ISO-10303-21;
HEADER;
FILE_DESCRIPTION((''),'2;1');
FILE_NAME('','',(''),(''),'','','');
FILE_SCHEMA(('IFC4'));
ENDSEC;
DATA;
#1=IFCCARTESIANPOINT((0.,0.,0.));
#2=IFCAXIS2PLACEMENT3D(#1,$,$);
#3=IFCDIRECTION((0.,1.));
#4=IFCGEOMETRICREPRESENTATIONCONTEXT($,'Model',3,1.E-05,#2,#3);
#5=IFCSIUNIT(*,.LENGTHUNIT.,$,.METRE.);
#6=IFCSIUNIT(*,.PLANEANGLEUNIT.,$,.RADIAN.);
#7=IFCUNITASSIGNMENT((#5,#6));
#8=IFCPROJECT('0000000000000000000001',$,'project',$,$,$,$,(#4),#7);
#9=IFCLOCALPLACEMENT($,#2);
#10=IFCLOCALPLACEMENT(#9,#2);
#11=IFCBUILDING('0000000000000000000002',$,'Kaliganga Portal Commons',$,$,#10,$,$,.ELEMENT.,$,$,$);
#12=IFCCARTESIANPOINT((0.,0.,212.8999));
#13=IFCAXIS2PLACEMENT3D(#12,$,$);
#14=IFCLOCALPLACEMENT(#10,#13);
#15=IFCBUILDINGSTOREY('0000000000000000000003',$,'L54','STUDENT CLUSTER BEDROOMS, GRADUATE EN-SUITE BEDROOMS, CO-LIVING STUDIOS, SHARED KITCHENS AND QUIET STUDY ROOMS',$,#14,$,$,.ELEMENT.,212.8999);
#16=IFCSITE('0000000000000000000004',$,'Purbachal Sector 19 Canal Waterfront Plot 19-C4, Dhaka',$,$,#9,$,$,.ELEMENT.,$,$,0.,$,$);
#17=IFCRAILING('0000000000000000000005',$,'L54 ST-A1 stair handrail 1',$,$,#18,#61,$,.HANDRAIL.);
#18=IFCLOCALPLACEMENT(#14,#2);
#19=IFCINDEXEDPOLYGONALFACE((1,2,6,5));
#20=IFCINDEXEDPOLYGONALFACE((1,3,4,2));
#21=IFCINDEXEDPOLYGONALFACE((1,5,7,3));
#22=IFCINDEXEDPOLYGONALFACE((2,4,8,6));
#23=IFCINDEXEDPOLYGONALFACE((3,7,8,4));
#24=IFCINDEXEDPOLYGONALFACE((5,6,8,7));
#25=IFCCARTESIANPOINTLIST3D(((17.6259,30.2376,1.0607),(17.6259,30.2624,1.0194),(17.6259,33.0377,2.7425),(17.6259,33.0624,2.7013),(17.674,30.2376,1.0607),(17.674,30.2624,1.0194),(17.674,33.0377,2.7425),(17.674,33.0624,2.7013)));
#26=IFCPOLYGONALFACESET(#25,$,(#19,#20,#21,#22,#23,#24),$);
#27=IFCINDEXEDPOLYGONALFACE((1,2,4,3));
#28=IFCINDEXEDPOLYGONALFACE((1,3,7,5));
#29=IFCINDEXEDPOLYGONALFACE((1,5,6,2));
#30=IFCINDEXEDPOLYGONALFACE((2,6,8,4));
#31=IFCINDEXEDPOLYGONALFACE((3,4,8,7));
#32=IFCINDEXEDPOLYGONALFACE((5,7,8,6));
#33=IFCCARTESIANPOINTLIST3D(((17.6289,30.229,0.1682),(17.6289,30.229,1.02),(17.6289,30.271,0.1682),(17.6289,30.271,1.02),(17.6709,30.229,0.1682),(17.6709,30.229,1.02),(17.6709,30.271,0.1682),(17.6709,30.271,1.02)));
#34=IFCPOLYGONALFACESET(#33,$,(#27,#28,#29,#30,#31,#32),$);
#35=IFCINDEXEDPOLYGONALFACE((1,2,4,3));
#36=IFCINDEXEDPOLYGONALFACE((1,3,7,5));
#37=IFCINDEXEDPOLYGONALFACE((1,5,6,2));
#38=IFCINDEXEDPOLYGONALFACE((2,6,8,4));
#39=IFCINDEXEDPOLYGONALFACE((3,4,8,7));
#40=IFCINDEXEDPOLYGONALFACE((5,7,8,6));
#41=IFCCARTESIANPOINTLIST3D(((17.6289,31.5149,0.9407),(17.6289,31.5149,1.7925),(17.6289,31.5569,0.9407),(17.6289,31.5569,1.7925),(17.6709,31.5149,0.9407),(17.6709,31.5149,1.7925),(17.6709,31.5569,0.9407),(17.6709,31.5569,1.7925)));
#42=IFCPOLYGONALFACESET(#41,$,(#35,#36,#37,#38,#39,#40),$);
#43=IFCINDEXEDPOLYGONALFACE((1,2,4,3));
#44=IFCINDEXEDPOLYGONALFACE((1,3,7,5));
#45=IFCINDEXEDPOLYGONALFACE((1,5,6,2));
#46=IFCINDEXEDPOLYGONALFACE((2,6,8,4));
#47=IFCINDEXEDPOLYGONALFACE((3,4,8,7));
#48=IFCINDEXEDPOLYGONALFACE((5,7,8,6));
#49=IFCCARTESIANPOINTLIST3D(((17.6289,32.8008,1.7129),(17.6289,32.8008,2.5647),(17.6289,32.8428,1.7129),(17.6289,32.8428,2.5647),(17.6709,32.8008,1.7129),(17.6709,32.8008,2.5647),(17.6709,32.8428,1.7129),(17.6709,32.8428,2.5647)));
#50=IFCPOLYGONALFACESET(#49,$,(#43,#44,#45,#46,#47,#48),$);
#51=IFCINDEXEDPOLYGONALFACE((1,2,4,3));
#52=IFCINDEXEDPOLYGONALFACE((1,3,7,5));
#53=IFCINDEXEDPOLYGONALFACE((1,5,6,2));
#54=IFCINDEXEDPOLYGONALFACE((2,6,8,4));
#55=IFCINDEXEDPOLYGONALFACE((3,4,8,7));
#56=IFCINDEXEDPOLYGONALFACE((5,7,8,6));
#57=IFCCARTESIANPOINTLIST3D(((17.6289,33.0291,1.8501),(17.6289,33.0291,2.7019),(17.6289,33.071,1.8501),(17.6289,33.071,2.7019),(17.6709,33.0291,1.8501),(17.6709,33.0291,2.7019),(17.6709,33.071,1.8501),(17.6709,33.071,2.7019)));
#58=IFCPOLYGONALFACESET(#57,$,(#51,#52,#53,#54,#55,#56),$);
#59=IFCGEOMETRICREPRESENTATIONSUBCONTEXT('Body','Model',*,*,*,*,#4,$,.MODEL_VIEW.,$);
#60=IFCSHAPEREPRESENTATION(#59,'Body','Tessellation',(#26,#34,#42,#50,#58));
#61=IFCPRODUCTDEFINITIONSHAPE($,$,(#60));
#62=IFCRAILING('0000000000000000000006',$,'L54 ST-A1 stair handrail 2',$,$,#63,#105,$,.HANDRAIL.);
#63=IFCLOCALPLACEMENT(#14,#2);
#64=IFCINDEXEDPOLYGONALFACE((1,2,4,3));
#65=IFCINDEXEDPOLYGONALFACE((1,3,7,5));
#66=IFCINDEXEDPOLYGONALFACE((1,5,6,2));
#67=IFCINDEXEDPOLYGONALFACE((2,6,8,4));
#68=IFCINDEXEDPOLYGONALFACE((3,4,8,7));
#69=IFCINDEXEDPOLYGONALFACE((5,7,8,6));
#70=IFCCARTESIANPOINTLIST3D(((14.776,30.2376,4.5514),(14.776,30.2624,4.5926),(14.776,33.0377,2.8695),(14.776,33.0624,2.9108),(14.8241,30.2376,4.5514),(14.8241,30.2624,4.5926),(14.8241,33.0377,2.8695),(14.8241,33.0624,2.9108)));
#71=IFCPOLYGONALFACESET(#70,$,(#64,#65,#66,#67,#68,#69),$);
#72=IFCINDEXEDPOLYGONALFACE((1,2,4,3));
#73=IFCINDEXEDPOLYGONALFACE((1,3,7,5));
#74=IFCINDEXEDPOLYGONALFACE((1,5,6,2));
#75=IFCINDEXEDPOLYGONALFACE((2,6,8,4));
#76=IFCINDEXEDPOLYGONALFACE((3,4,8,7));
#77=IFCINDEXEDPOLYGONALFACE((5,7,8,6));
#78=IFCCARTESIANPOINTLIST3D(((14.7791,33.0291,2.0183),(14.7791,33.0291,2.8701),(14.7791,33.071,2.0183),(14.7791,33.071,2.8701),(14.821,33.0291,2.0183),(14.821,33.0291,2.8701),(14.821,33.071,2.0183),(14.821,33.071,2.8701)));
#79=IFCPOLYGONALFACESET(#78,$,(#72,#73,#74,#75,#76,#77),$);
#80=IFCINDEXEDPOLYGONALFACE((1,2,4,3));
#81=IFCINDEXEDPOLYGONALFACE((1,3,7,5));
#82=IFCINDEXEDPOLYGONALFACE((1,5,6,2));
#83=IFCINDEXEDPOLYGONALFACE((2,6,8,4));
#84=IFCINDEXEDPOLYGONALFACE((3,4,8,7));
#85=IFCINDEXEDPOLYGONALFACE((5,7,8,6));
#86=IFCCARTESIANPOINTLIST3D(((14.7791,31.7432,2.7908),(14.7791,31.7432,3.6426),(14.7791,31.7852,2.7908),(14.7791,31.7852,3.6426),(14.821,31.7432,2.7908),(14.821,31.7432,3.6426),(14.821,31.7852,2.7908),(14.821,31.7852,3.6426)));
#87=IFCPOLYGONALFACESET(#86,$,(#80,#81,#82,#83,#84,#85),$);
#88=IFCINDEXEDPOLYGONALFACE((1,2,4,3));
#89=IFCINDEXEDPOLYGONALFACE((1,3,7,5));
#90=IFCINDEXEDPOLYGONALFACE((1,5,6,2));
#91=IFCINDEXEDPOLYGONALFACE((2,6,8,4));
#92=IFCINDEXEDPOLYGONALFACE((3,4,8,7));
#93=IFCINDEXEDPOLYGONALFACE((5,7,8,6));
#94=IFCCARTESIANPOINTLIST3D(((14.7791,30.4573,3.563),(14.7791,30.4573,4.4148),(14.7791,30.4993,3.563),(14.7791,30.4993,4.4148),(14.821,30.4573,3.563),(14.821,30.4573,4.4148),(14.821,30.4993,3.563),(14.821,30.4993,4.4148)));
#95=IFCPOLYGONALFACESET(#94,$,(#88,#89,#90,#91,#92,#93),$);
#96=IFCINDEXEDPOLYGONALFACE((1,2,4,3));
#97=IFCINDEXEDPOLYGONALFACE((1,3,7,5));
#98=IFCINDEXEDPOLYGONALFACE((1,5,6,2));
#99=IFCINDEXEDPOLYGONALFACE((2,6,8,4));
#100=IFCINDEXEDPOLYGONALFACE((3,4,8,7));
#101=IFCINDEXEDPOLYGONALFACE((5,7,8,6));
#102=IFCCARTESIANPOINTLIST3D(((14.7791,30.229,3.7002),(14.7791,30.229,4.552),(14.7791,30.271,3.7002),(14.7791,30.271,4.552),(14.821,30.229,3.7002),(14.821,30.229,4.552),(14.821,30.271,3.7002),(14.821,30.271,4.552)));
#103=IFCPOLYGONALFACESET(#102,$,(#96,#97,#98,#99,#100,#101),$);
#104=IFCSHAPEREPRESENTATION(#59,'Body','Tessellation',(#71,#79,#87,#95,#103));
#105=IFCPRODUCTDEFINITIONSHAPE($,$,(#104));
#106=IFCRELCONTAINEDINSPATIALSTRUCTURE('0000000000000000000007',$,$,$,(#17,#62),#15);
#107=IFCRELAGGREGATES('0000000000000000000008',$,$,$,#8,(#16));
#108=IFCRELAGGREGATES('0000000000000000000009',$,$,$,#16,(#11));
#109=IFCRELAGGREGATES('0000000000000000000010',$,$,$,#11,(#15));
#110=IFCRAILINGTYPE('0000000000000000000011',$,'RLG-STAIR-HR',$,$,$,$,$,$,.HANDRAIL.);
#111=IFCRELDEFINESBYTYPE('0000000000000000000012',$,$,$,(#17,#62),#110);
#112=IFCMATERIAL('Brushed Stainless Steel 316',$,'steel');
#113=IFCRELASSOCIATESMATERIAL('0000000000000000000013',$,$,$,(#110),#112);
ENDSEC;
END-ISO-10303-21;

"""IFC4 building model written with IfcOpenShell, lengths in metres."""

from ifc_helpers import new_model, si_unit, direction, frame, origin, origin_2d, place, context, subcontext, project, spatial, rectangle, extrude, material, type_object, element, save


model = new_model("IFC4")

# Units and contexts
model_context = context("Model", 3, precision=1e-05, world=origin(), true_north=direction((0.0, 1.0)))
body_context = subcontext(model_context, "Body", "Model", "MODEL_VIEW")
ifc_project = project(units=[si_unit("LENGTHUNIT", "METRE"), si_unit("PLANEANGLEUNIT", "RADIAN")], contexts=[model_context])

# Site, building, storey
site_placement = place(None, origin())
site = spatial("IfcSite", under=ifc_project, at=site_placement, Name="Purbachal Sector 19 Canal Waterfront Plot 19-C4, Dhaka", CompositionType="ELEMENT", RefElevation=0.0)
building_placement = place(site_placement, origin())
building = spatial("IfcBuilding", under=site, at=building_placement, Name="Kaliganga Portal Commons", CompositionType="ELEMENT")
storey_placement = place(building_placement, frame((0.0, 0.0, 212.8999)))
storey = spatial("IfcBuildingStorey", under=building, at=storey_placement, Name="L54", Description="STUDENT CLUSTER BEDROOMS, GRADUATE EN-SUITE BEDROOMS, CO-LIVING STUDIOS, SHARED KITCHENS AND QUIET STUDY ROOMS", CompositionType="ELEMENT", Elevation=212.8999)

# Railings
ifc_material_1 = material(Name="Brushed Stainless Steel 316", Category="steel")
railing_type_1 = type_object("IfcRailingType", Name="RLG-STAIR-HR", PredefinedType="HANDRAIL", material=ifc_material_1)
railing_1_placement = place(storey_placement, frame((17.6499, 30.25, 0.1682)))
element("IfcRailing", 1, at=railing_1_placement, inside=storey, type_object=railing_type_1, Name="L54 ST-A1 stair handrail 1", PredefinedType="HANDRAIL", context=body_context, shape_type="SweptSolid", body=[
    extrude(rectangle(XDim=0.0481, YDim=0.0481, at=origin_2d()), frame((0.0, 0.0, 0.8718), z_axis=(0.0, 0.857242, 0.514913), x_axis=(-1.0, 0.0, 0.0)), (0.0, 0.0, 1.0), 3.2664),
    extrude(rectangle(XDim=0.042, YDim=0.042, at=origin_2d()), origin(), (0.0, 0.0, 1.0), 0.8518),
    extrude(rectangle(XDim=0.042, YDim=0.042, at=origin_2d()), frame((0.0, 1.2859, 0.7725)), (0.0, 0.0, 1.0), 0.8518),
    extrude(rectangle(XDim=0.042, YDim=0.042, at=origin_2d()), frame((0.0, 2.5718, 1.5447)), (0.0, 0.0, 1.0), 0.8518),
    extrude(rectangle(XDim=0.042, YDim=0.042, at=origin_2d()), frame((0.0, 2.8, 1.6819)), (0.0, 0.0, 1.0), 0.8518),
])
railing_2_placement = place(storey_placement, frame((14.8, 33.05, 2.0183)))
element("IfcRailing", 2, at=railing_2_placement, inside=storey, type_object=railing_type_1, Name="L54 ST-A1 stair handrail 2", PredefinedType="HANDRAIL", context=body_context, shape_type="SweptSolid", body=[
    extrude(rectangle(XDim=0.0481, YDim=0.0481, at=origin_2d()), frame((0.0, 0.0, 0.8718), z_axis=(0.0, -0.857242, 0.514913), x_axis=(1.0, 0.0, 0.0)), (0.0, 0.0, 1.0), 3.2664),
    extrude(rectangle(XDim=0.042, YDim=0.042, at=origin_2d()), origin(), (0.0, 0.0, 1.0), 0.8518),
    extrude(rectangle(XDim=0.042, YDim=0.042, at=origin_2d()), frame((0.0, -1.2859, 0.7725)), (0.0, 0.0, 1.0), 0.8518),
    extrude(rectangle(XDim=0.042, YDim=0.042, at=origin_2d()), frame((0.0, -2.5718, 1.5447)), (0.0, 0.0, 1.0), 0.8518),
    extrude(rectangle(XDim=0.042, YDim=0.042, at=origin_2d()), frame((0.0, -2.8, 1.6819)), (0.0, 0.0, 1.0), 0.8518),
])

save(model, "model.ifc")
